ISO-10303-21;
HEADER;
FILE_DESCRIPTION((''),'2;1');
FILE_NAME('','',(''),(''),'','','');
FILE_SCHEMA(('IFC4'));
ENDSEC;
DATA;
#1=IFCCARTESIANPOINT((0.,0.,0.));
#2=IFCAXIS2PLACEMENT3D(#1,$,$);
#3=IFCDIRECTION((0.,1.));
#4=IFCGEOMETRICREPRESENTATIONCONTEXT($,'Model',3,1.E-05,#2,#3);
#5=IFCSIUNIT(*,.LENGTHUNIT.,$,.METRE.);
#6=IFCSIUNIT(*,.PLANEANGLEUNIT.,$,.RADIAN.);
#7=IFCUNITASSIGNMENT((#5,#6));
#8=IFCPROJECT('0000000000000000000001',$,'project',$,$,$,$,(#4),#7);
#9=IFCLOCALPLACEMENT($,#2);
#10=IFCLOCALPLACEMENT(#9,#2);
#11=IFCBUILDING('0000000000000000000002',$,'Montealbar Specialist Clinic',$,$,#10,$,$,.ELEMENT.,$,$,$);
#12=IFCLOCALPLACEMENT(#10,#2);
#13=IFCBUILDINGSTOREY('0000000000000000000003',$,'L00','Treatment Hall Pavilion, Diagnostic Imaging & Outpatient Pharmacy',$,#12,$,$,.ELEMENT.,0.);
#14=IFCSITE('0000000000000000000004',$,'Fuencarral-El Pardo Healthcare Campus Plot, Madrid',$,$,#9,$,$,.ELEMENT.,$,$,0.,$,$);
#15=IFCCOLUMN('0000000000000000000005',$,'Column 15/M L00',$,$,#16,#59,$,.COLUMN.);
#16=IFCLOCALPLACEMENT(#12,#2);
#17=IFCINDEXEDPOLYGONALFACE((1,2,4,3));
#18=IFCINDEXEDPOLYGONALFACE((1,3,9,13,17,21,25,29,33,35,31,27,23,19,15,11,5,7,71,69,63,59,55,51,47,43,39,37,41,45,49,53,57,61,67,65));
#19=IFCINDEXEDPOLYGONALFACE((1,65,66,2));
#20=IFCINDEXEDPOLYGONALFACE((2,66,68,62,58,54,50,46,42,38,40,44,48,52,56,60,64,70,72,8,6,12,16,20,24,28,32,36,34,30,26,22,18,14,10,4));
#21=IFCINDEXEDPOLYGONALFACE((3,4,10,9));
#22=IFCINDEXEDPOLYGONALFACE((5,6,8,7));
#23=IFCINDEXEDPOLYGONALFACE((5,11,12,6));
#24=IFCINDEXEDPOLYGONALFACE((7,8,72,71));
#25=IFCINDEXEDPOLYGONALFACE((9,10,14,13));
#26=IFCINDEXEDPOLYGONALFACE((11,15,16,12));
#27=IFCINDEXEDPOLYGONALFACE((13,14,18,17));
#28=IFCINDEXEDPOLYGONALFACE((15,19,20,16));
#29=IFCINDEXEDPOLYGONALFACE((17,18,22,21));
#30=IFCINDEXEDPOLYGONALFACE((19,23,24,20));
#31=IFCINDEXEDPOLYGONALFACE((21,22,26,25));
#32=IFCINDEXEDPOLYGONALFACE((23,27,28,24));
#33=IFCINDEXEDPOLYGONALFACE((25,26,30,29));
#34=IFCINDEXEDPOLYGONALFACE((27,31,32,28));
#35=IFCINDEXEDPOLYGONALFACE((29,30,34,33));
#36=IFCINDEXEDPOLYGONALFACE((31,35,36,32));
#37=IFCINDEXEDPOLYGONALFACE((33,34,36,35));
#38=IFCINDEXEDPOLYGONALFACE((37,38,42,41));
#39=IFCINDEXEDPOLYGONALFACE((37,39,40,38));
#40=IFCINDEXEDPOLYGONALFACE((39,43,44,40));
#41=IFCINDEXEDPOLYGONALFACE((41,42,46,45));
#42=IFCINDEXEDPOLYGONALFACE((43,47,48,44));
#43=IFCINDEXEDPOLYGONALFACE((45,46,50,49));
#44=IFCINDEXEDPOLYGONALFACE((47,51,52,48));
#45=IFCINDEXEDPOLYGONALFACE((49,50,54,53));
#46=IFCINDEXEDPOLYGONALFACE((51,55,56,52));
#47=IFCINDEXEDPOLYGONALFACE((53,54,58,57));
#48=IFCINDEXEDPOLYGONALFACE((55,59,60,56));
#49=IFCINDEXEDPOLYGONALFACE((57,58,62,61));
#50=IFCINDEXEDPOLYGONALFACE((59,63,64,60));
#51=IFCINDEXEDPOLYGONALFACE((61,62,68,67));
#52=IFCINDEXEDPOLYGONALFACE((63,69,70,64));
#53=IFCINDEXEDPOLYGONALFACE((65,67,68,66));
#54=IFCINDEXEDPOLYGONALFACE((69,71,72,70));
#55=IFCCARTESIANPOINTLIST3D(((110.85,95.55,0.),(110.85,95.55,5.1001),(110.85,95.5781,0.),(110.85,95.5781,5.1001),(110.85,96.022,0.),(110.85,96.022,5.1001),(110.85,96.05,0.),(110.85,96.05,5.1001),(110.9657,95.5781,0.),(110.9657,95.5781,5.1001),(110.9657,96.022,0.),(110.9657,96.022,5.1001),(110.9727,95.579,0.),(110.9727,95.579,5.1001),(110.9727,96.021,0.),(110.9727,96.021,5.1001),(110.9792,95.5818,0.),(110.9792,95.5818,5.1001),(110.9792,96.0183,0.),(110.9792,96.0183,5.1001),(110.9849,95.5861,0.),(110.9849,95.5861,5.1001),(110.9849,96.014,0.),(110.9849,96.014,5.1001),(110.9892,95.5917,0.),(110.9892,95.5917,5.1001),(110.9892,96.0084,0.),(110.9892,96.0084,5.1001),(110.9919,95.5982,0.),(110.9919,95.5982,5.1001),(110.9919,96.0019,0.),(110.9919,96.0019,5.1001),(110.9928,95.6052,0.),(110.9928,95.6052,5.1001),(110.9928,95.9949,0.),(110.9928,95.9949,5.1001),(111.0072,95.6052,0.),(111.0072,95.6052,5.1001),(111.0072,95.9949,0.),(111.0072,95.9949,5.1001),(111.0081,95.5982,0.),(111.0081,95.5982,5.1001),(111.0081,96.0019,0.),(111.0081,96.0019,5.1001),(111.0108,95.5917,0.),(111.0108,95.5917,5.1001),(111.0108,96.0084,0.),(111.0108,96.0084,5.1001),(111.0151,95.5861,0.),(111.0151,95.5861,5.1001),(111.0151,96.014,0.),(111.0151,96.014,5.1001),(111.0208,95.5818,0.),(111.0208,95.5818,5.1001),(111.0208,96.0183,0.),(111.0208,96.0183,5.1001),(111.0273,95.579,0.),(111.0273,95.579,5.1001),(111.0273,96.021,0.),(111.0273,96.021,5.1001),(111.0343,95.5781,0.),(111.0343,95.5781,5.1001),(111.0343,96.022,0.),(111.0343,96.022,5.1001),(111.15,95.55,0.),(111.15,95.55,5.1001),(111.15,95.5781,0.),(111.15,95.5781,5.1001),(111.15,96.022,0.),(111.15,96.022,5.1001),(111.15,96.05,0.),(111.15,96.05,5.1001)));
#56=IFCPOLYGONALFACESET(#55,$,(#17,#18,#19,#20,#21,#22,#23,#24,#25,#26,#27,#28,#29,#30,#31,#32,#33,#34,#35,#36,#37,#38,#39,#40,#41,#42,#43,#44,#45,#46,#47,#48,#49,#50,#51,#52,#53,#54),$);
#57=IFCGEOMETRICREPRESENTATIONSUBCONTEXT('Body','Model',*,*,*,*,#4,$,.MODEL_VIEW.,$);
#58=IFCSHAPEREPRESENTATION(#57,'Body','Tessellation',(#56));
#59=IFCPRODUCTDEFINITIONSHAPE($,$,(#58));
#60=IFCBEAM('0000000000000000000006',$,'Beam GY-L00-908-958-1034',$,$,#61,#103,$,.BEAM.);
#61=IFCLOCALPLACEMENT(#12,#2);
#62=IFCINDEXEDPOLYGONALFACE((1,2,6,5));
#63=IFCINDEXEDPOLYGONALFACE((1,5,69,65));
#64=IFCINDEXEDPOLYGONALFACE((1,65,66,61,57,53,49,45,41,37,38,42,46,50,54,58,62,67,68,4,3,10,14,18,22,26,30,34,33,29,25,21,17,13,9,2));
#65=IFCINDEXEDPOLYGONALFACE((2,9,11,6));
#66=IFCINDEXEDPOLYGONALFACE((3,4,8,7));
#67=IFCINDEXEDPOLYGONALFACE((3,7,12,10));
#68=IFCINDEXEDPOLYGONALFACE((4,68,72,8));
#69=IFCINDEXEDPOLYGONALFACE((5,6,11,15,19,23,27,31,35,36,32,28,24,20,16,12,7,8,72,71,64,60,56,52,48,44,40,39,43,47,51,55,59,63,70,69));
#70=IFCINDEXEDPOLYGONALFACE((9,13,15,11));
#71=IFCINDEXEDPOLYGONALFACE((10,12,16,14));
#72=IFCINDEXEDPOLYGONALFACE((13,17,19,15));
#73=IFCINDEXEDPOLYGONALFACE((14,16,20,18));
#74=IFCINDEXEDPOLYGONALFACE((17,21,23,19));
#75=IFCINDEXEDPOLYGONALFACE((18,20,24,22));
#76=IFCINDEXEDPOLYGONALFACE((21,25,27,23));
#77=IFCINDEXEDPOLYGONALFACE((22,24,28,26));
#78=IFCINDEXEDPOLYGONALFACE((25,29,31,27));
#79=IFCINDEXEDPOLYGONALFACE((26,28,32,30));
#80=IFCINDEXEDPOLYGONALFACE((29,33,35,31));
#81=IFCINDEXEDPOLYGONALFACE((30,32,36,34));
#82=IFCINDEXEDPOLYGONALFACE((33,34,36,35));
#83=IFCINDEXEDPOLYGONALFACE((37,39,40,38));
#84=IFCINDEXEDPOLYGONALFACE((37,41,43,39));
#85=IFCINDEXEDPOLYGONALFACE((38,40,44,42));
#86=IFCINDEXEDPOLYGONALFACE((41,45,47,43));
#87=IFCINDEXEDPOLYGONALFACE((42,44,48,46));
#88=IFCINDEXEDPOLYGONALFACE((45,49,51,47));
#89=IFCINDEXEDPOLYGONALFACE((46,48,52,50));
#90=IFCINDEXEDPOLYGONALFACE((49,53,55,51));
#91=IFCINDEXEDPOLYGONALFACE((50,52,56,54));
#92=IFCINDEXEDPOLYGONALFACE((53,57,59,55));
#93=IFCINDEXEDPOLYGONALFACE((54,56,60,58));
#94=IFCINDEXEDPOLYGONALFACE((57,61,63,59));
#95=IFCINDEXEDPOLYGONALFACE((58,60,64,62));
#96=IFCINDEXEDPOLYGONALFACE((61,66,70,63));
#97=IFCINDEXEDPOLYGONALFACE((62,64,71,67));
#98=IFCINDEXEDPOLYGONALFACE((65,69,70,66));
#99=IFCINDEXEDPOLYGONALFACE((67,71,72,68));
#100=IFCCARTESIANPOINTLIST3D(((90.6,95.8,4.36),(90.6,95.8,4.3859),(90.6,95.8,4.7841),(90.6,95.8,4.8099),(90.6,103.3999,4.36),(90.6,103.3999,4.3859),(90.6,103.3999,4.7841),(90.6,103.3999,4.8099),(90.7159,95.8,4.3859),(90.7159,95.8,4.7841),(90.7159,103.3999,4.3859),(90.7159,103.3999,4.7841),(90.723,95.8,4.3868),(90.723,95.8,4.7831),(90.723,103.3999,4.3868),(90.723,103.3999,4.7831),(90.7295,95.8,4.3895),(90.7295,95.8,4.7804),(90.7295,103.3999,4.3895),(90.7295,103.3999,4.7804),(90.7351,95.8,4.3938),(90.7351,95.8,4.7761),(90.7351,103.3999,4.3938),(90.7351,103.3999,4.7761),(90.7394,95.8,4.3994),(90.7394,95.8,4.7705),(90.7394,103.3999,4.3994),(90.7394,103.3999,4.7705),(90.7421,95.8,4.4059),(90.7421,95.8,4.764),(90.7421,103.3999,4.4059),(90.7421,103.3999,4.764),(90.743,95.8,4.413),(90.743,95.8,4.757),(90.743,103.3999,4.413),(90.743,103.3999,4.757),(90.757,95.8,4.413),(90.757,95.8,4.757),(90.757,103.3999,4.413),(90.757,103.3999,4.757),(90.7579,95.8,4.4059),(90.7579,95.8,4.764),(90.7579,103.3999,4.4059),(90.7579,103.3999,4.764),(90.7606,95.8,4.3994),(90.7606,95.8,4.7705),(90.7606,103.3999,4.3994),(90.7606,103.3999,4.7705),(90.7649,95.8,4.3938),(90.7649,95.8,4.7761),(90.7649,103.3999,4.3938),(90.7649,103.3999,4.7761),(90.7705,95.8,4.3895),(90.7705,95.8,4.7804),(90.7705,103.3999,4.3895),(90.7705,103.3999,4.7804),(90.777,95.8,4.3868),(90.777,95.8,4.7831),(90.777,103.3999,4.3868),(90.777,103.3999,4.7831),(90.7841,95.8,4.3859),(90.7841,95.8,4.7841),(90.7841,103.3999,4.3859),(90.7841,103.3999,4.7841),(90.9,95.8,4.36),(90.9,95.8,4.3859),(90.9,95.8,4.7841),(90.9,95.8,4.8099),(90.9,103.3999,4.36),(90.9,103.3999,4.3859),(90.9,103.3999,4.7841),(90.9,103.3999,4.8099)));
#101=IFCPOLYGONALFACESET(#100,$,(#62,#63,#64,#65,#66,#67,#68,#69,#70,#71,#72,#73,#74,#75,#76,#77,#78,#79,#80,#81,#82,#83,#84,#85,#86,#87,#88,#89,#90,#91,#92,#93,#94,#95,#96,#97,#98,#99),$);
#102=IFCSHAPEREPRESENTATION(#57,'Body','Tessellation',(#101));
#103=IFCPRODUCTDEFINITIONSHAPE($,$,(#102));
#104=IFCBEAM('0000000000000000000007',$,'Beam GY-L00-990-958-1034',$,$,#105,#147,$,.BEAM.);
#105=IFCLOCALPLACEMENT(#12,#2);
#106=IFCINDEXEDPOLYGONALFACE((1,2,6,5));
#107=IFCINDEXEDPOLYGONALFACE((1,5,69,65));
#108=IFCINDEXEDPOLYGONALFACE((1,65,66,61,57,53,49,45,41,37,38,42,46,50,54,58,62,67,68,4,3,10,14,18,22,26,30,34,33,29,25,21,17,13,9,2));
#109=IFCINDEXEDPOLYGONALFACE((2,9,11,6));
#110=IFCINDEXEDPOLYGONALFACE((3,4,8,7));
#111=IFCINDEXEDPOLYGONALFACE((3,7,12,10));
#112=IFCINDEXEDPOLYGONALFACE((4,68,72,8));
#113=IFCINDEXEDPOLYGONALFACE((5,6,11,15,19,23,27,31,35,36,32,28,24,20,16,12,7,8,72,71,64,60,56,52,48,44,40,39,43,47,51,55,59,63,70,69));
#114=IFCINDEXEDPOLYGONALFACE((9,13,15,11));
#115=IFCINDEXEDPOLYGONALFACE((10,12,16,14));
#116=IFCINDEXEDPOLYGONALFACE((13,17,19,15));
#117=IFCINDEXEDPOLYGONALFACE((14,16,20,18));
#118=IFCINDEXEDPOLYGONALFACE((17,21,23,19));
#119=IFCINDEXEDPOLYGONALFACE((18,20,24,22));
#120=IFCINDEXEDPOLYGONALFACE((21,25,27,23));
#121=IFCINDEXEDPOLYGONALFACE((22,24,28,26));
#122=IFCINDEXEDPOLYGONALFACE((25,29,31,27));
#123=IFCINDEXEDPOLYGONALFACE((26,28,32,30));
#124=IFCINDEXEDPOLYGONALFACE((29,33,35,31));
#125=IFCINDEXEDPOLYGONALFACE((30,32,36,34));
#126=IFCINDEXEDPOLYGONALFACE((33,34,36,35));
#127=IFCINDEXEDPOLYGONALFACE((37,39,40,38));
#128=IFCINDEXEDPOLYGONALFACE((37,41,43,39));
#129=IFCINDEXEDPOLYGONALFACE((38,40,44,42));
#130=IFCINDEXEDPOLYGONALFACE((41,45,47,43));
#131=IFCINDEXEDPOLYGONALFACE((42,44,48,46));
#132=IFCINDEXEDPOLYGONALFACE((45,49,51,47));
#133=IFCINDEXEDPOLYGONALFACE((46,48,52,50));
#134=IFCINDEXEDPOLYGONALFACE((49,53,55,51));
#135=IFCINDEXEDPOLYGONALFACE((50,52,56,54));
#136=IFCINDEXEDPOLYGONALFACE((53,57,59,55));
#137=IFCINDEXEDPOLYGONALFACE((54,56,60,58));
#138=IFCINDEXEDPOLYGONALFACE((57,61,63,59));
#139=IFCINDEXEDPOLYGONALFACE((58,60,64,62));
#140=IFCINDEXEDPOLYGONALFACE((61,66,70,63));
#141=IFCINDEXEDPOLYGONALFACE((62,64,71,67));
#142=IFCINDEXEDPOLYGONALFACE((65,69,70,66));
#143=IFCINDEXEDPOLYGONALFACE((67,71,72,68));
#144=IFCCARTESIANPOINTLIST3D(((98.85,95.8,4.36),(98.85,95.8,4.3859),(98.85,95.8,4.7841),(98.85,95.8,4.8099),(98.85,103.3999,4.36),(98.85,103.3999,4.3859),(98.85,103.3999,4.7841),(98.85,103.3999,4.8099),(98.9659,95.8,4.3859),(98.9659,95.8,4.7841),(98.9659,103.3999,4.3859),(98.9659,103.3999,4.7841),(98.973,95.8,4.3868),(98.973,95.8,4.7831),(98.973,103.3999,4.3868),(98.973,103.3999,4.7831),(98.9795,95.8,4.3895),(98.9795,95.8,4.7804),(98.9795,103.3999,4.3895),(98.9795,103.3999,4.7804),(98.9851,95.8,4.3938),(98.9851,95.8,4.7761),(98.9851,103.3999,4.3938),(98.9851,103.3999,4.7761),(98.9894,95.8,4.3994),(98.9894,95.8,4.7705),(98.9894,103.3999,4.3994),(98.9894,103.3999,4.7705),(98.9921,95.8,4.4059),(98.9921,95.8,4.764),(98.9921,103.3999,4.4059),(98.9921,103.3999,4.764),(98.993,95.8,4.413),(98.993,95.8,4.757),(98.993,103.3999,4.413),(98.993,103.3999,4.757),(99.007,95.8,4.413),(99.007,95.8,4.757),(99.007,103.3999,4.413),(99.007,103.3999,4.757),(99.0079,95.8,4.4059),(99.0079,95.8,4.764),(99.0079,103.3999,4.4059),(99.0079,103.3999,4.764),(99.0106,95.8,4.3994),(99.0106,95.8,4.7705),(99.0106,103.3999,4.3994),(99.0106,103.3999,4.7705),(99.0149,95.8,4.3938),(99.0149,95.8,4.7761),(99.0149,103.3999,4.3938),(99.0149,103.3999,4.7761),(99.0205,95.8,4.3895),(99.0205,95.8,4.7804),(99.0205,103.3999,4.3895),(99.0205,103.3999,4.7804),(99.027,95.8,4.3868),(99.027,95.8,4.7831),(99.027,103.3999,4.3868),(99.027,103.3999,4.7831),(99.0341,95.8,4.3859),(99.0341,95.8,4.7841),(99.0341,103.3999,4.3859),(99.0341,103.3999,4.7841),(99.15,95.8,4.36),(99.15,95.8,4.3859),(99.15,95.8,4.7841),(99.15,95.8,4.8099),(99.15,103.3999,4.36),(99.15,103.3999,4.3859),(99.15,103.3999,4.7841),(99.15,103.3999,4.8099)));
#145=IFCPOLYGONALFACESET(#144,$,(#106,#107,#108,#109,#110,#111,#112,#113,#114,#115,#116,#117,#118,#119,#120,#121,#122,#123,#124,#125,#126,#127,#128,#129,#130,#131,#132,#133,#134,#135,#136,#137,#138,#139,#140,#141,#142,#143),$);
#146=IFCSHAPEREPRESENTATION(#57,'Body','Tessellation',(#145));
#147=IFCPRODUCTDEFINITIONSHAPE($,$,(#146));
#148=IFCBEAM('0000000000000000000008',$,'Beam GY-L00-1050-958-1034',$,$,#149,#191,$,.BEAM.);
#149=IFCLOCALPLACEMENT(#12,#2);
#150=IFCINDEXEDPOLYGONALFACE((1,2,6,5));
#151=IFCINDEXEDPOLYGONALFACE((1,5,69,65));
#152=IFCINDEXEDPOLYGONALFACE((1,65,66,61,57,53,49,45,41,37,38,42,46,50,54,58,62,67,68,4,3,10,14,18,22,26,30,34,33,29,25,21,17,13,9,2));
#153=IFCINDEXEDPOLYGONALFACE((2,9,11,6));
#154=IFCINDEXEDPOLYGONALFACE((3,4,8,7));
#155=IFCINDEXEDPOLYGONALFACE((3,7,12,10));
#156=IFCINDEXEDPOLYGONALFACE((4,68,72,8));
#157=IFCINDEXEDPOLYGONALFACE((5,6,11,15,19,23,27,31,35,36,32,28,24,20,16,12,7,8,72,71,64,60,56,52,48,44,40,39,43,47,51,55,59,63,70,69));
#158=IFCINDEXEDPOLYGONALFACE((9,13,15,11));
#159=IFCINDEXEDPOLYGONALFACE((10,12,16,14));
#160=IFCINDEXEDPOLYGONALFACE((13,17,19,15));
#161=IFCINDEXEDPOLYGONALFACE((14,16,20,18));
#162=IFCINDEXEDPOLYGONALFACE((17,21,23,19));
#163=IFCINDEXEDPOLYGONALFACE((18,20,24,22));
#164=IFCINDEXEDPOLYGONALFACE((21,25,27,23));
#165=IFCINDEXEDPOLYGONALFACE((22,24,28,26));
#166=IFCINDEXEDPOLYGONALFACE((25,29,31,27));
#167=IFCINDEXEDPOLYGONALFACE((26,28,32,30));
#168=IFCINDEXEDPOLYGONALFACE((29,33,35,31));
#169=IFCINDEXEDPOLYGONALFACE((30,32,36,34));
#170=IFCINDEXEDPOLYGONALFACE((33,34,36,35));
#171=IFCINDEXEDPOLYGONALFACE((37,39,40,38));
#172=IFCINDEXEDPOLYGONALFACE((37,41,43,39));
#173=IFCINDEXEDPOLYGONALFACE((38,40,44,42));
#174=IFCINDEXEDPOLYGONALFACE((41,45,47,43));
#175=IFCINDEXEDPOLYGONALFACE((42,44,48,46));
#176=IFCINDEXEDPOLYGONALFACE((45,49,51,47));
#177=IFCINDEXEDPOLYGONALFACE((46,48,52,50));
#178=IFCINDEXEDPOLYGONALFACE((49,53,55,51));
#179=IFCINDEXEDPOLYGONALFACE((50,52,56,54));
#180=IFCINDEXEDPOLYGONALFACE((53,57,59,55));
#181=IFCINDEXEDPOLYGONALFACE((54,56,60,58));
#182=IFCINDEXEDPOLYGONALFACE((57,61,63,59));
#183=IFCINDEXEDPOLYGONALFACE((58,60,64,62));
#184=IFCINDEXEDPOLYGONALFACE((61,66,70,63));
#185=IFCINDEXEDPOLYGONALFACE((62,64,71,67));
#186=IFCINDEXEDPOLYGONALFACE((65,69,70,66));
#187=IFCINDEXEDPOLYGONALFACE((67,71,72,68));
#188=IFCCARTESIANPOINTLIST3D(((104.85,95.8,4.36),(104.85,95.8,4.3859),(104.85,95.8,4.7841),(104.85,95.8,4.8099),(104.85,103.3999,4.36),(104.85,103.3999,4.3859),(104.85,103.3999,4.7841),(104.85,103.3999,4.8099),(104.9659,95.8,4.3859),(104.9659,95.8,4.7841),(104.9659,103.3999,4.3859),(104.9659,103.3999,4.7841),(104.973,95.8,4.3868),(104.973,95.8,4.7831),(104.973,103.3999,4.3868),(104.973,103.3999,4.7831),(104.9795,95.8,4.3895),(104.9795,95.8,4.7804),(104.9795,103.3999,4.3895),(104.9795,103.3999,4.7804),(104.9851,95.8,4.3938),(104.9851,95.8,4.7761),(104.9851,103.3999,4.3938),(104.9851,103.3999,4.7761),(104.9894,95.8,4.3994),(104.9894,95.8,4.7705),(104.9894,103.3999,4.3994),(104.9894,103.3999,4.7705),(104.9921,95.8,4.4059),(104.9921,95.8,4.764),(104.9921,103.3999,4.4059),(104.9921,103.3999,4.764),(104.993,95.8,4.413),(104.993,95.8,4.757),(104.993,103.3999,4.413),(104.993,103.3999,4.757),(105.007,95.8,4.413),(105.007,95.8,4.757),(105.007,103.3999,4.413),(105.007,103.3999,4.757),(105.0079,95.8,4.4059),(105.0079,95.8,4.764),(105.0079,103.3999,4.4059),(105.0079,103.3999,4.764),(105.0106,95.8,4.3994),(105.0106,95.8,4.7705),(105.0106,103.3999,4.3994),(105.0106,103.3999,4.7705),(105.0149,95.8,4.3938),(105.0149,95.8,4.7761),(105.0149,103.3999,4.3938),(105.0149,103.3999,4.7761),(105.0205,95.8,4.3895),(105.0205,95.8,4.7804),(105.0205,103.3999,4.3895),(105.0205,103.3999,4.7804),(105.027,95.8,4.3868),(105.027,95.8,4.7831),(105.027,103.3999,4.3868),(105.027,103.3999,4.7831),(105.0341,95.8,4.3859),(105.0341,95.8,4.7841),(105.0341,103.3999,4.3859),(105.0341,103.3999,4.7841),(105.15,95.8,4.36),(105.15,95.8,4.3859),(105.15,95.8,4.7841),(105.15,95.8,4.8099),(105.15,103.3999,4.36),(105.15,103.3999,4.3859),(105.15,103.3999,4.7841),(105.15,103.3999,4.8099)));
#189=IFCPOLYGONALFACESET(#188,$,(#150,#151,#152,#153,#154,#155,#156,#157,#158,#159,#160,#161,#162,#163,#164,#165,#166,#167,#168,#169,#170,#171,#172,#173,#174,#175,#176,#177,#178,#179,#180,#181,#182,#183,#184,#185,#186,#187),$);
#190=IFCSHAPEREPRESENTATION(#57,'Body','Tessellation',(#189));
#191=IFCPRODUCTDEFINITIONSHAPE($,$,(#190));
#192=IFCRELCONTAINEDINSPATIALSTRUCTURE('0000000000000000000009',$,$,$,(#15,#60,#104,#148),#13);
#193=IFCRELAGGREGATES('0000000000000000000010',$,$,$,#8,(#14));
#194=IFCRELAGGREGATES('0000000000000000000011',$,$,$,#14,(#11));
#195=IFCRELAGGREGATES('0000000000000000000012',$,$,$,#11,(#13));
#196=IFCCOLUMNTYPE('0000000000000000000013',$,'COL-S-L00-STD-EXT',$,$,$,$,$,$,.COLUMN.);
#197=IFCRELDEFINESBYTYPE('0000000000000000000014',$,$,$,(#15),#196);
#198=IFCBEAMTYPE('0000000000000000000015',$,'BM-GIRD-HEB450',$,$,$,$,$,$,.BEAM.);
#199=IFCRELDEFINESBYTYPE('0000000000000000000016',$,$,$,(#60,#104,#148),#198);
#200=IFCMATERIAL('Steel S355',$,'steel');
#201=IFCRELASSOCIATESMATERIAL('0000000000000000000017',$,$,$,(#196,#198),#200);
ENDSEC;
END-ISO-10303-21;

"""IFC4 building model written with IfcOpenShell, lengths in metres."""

from ifc_helpers import new_model, si_unit, direction, frame, origin, origin_2d, place, context, subcontext, project, spatial, i_section, extrude, material, material_profile, profile_set, type_object, element, save


model = new_model("IFC4")

# Units and contexts
model_context = context("Model", 3, precision=1e-05, world=origin(), true_north=direction((0.0, 1.0)))
body_context = subcontext(model_context, "Body", "Model", "MODEL_VIEW")
ifc_project = project(units=[si_unit("LENGTHUNIT", "METRE"), si_unit("PLANEANGLEUNIT", "RADIAN")], contexts=[model_context])

# Site, building, storey
site_placement = place(None, origin())
site = spatial("IfcSite", under=ifc_project, at=site_placement, Name="Fuencarral-El Pardo Healthcare Campus Plot, Madrid", CompositionType="ELEMENT", RefElevation=0.0)
building_placement = place(site_placement, origin())
building = spatial("IfcBuilding", under=site, at=building_placement, Name="Montealbar Specialist Clinic", CompositionType="ELEMENT")
storey_placement = place(building_placement, origin())
storey = spatial("IfcBuildingStorey", under=building, at=storey_placement, Name="L00", Description="Treatment Hall Pavilion, Diagnostic Imaging & Outpatient Pharmacy", CompositionType="ELEMENT", Elevation=0.0)

# Column
ifc_material_1 = material(Name="Steel S355", Category="steel")
ifc_material_profile_1 = material_profile(ifc_material_1, i_section(OverallWidth=0.3, OverallDepth=0.5, WebThickness=0.0144, FlangeThickness=0.0281, FilletRadius=0.0271, at=origin_2d()), Name="HEB 500", Category="steel")
ifc_profile_set_1 = profile_set([ifc_material_profile_1], Name="Steel S355")
column_type_1 = type_object("IfcColumnType", Name="COL-S-L00-STD-EXT", PredefinedType="COLUMN", material=ifc_profile_set_1)
for number, where, z_axis, x_axis, name in (
    (1, (111.0, 95.8, 0.0), (0.0, 0.0, 1.0), (1.0, 0.0, 0.0), "Column 15/M L00"),
):
    element("IfcColumn", number, at=place(storey_placement, frame(where, z_axis=z_axis, x_axis=x_axis)), inside=storey, type_object=column_type_1, Name=name, PredefinedType="COLUMN", context=body_context, shape_type="SweptSolid", body=[
        extrude(i_section(OverallWidth=0.3, OverallDepth=0.5, WebThickness=0.0144, FlangeThickness=0.0281, FilletRadius=0.0271, at=origin_2d()), origin(), (0.0, 0.0, 1.0), 5.1001),
    ])

# Beams
ifc_material_profile_2 = material_profile(ifc_material_1, i_section(OverallWidth=0.3, OverallDepth=0.45, WebThickness=0.0139, FlangeThickness=0.0259, FilletRadius=0.0271, at=origin_2d()), Name="HEB 450", Category="steel")
ifc_profile_set_2 = profile_set([ifc_material_profile_2], Name="Steel S355")
beam_type_1 = type_object("IfcBeamType", Name="BM-GIRD-HEB450", PredefinedType="BEAM", material=ifc_profile_set_2)
for number, where, z_axis, x_axis, name in (
    (2, (90.75, 95.8, 4.585), (0.0, 1.0, 0.0), (-1.0, 0.0, 0.0), "Beam GY-L00-908-958-1034"),
    (3, (99.0, 95.8, 4.585), (0.0, 1.0, 0.0), (-1.0, 0.0, 0.0), "Beam GY-L00-990-958-1034"),
    (4, (105.0, 95.8, 4.585), (0.0, 1.0, 0.0), (-1.0, 0.0, 0.0), "Beam GY-L00-1050-958-1034"),
):
    element("IfcBeam", number, at=place(storey_placement, frame(where, z_axis=z_axis, x_axis=x_axis)), inside=storey, type_object=beam_type_1, Name=name, PredefinedType="BEAM", context=body_context, shape_type="SweptSolid", body=[
        extrude(i_section(OverallWidth=0.3, OverallDepth=0.45, WebThickness=0.0139, FlangeThickness=0.0259, FilletRadius=0.0271, at=origin_2d()), origin(), (0.0, 0.0, 1.0), 7.5999),
    ])

save(model, "model.ifc")
